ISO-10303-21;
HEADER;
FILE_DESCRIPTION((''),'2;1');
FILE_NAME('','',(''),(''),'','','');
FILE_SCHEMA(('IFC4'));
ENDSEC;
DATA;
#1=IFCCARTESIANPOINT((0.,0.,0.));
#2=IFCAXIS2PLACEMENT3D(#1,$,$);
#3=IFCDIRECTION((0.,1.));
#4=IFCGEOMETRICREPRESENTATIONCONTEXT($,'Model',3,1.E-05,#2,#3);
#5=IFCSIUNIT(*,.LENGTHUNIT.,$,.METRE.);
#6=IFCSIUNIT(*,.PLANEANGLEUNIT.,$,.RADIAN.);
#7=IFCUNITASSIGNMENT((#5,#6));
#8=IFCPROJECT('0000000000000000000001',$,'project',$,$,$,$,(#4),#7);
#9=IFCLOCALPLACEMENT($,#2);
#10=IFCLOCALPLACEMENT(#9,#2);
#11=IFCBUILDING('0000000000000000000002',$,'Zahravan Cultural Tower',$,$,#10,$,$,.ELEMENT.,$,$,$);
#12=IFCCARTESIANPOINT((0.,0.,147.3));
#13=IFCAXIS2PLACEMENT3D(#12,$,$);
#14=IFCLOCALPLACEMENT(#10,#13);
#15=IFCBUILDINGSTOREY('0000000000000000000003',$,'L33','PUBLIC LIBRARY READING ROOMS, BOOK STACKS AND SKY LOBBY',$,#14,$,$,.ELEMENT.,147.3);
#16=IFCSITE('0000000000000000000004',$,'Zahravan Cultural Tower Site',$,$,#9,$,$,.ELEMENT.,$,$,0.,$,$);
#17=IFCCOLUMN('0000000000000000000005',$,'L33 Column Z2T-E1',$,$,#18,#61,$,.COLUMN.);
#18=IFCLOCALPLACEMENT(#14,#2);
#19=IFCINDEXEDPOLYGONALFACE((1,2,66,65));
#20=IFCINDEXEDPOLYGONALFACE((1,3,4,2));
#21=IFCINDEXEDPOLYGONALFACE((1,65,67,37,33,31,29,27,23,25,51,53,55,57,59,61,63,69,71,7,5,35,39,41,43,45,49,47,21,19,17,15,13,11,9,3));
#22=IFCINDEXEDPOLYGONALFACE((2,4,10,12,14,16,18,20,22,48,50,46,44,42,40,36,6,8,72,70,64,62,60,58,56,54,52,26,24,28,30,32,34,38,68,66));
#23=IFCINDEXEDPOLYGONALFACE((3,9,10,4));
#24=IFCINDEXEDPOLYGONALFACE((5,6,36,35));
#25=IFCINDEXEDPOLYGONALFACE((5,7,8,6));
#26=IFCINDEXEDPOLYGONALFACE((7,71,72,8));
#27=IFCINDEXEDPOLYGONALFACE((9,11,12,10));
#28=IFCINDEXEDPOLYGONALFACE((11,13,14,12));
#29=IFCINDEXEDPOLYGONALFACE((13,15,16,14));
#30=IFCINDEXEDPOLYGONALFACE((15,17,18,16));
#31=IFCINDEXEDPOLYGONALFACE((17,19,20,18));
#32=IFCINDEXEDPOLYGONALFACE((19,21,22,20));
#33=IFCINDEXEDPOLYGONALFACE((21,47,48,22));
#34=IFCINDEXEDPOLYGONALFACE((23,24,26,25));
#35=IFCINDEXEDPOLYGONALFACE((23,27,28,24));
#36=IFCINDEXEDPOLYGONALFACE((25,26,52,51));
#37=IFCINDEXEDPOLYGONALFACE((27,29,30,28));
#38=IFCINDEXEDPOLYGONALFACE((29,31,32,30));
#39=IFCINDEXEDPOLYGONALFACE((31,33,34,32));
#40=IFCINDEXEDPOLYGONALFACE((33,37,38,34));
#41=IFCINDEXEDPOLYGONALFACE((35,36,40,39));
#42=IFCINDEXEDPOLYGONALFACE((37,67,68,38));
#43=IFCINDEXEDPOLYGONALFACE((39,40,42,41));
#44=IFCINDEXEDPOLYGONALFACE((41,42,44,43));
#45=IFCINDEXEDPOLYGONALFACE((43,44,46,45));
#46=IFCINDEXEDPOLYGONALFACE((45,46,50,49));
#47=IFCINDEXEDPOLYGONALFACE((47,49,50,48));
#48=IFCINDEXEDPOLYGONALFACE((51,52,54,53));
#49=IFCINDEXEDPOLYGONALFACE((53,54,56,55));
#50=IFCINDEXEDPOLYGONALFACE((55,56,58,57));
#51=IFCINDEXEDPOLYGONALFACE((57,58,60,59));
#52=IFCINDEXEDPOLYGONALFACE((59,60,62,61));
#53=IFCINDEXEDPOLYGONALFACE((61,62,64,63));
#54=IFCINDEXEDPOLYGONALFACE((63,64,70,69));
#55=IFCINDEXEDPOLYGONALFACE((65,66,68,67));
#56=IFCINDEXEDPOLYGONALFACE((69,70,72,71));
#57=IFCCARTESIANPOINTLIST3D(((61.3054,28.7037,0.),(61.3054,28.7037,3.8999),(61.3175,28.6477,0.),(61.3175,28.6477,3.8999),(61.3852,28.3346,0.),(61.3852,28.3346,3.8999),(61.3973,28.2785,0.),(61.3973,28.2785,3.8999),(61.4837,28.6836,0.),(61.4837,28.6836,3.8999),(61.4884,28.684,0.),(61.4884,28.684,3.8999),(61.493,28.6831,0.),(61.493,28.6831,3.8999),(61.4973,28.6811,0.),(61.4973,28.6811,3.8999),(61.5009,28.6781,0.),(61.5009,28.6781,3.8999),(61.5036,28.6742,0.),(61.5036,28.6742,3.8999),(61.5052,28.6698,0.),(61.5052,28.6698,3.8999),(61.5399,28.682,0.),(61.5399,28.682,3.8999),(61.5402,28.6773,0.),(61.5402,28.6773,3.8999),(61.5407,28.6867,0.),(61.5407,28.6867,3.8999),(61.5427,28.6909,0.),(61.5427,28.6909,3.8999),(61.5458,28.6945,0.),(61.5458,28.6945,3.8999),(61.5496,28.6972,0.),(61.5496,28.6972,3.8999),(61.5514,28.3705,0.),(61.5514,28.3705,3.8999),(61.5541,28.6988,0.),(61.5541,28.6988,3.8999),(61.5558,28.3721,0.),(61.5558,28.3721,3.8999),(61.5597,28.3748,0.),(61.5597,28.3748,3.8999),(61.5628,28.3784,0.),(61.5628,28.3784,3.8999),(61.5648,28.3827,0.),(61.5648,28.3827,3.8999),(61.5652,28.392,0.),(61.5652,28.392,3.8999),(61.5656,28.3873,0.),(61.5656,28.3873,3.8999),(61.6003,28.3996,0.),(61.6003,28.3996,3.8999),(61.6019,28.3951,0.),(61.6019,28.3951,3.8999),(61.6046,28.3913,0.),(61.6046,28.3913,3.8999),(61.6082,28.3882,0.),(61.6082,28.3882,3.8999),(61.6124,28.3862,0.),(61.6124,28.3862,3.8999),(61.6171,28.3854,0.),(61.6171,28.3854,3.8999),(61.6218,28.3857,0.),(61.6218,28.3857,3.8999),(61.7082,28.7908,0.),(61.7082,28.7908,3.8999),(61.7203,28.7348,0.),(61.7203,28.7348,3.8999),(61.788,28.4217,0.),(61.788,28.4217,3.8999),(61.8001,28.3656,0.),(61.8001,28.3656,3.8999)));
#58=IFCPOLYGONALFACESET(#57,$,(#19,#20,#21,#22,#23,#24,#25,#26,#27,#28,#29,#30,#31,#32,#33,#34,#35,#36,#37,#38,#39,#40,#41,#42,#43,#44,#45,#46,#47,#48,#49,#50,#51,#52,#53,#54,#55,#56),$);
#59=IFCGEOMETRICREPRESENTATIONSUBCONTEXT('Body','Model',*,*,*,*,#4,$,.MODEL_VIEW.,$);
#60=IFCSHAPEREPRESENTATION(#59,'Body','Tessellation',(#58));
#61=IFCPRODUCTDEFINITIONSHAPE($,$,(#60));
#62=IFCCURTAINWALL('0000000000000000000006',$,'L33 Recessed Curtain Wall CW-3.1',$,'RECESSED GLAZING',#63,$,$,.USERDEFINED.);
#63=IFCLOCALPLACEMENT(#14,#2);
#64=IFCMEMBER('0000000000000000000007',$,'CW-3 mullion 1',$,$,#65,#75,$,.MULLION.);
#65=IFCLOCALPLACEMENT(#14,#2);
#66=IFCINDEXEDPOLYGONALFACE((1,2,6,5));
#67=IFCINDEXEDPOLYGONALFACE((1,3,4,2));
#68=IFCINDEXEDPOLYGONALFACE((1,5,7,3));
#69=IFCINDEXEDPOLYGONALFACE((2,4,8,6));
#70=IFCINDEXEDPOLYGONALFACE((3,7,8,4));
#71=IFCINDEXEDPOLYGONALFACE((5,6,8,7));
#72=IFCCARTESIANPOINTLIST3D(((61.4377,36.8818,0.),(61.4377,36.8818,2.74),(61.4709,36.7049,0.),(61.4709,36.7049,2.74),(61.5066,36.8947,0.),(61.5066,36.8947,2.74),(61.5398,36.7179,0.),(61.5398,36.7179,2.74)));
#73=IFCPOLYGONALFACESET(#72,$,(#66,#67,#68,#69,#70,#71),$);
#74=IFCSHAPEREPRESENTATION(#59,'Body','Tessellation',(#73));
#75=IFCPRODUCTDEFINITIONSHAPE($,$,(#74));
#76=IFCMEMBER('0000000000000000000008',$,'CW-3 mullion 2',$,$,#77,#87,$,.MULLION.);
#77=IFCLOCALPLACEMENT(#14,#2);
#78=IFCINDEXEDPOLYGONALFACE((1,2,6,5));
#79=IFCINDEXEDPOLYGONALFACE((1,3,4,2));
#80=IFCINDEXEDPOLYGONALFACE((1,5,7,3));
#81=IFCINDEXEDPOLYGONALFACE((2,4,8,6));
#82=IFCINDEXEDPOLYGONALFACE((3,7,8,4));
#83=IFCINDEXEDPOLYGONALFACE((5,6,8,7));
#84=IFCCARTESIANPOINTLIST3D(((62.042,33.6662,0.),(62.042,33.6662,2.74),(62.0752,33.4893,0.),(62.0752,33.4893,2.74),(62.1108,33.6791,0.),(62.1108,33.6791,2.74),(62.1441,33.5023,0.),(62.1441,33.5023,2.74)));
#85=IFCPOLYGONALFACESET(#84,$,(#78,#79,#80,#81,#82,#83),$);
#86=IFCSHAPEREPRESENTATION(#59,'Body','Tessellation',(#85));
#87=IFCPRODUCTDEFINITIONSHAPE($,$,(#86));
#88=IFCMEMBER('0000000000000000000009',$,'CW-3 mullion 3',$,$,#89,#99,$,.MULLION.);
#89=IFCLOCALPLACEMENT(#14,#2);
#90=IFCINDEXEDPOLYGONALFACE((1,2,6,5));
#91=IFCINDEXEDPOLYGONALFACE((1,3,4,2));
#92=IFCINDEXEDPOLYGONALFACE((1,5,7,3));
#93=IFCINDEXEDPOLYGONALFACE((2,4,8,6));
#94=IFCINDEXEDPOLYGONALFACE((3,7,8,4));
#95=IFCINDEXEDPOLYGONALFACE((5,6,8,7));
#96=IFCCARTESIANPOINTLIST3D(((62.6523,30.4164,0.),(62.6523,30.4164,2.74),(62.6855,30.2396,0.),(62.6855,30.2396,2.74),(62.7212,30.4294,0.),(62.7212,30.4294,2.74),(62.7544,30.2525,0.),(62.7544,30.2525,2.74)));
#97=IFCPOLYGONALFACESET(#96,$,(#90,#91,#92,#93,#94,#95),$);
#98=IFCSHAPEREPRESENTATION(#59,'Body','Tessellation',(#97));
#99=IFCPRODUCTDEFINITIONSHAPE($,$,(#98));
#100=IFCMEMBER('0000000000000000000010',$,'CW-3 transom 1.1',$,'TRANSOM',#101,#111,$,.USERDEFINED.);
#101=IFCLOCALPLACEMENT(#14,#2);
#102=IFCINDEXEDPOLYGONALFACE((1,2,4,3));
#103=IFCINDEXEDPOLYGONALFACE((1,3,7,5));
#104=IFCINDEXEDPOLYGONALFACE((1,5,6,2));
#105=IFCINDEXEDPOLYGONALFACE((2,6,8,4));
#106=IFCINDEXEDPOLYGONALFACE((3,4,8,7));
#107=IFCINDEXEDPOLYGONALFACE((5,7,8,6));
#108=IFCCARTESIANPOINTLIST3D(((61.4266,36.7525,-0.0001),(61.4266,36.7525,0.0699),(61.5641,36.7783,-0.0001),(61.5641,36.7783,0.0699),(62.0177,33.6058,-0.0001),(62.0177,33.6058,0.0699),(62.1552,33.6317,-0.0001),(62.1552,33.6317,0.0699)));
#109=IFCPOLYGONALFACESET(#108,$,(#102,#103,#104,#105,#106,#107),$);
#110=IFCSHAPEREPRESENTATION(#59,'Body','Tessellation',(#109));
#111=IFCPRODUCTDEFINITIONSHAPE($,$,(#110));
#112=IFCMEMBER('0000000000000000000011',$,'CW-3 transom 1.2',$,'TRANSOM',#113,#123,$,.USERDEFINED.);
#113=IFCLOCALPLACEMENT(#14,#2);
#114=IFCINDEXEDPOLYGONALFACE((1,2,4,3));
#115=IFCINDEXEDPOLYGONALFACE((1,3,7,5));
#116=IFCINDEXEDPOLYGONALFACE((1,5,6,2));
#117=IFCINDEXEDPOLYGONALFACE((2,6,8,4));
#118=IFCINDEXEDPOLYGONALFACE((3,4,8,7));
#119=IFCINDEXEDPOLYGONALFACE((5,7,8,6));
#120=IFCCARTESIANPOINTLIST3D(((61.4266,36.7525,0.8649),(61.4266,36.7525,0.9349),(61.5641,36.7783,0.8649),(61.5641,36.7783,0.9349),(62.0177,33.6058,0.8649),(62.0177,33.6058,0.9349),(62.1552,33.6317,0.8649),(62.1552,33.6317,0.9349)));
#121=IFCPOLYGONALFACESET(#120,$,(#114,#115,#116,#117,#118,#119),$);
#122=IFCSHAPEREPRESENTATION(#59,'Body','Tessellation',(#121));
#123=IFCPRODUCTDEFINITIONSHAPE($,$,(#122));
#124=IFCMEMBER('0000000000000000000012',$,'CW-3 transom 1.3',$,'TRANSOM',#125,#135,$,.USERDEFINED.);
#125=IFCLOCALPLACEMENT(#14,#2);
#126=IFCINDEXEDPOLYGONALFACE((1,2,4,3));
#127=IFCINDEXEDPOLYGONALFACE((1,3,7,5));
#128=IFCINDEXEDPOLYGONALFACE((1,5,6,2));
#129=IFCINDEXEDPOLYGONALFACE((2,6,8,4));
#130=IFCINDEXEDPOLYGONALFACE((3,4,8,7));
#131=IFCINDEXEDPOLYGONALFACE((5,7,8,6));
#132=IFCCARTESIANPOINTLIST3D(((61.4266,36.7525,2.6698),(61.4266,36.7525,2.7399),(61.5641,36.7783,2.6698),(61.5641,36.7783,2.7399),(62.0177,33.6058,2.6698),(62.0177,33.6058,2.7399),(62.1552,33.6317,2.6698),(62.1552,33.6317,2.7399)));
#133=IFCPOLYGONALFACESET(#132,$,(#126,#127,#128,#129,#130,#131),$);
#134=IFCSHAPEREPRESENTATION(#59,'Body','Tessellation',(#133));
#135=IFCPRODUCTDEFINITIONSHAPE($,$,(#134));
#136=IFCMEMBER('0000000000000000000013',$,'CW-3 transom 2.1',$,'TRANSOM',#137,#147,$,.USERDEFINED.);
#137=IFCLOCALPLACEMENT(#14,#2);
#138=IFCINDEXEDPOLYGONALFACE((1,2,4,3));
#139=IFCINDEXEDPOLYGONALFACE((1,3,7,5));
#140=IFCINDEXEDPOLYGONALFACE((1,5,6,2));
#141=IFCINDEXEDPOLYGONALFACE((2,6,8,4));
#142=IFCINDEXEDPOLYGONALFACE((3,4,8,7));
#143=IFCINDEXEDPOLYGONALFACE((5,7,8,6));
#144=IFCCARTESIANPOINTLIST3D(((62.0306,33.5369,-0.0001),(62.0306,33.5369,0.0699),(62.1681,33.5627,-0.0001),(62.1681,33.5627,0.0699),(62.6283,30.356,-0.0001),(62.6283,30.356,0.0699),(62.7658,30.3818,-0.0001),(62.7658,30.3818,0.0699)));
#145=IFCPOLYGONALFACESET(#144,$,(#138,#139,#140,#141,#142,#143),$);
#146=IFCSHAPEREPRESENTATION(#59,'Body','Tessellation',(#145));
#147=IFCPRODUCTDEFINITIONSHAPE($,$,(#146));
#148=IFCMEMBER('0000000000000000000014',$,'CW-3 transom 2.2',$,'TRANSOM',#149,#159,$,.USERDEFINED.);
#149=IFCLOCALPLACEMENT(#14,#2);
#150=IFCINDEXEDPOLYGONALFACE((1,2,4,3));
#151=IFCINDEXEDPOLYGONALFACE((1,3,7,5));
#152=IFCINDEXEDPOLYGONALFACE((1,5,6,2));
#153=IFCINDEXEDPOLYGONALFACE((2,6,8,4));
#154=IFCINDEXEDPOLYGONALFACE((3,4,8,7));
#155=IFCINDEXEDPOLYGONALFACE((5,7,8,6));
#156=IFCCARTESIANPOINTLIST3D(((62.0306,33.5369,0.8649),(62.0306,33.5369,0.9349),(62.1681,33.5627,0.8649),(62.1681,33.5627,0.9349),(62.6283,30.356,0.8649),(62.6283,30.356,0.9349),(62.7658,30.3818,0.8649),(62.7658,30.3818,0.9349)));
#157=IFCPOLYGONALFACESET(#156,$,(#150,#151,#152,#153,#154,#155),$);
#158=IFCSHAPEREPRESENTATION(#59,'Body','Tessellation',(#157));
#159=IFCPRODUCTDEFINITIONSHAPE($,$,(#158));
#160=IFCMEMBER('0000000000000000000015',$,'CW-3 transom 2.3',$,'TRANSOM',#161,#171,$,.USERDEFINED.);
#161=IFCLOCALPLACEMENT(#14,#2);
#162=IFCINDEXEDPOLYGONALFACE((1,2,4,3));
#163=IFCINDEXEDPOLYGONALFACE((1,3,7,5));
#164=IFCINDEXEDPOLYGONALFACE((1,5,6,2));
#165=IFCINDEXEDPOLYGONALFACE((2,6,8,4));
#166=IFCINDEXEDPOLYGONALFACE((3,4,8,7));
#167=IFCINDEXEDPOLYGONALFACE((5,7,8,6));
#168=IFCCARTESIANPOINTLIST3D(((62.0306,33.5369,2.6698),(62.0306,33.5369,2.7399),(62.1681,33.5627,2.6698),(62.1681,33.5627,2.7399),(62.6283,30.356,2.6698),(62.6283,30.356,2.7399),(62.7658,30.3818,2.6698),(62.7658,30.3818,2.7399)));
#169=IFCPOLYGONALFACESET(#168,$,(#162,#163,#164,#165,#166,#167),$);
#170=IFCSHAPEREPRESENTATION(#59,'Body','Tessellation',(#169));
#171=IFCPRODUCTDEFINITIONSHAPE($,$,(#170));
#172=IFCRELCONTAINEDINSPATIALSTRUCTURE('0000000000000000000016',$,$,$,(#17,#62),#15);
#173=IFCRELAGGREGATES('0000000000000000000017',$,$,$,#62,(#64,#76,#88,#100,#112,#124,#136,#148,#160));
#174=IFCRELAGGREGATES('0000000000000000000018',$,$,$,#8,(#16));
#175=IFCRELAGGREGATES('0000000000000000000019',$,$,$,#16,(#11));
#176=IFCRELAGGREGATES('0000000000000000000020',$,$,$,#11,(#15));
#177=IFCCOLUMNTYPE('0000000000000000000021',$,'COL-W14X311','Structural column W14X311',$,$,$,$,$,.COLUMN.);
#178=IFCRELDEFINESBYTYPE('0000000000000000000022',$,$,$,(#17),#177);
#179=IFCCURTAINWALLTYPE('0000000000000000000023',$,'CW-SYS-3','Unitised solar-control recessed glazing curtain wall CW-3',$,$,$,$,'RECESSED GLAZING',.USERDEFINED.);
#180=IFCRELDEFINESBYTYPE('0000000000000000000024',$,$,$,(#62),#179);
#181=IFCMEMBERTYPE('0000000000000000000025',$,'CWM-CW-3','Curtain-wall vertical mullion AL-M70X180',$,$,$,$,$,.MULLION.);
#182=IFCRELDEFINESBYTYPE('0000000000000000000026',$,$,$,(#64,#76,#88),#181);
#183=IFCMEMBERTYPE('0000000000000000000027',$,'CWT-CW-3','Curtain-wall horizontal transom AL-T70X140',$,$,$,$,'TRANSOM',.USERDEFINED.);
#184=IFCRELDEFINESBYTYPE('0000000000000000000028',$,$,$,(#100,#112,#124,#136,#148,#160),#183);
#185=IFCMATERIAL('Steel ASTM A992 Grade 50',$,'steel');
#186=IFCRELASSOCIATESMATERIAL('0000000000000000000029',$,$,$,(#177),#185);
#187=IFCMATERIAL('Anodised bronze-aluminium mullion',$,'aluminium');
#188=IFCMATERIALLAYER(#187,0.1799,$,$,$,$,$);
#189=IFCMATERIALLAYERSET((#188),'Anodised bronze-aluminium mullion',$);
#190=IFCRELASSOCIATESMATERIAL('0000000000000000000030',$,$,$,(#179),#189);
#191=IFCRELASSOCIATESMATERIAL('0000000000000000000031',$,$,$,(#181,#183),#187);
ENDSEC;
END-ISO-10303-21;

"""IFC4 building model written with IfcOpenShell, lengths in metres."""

from ifc_helpers import new_model, si_unit, direction, frame, origin, origin_2d, place, context, subcontext, project, spatial, rectangle, i_section, extrude, source, transform, mapped, material, layer, layer_set, material_profile, profile_set, type_object, element, aggregate, save


model = new_model("IFC4")

# Units and contexts
model_context = context("Model", 3, precision=1e-05, world=origin(), true_north=direction((0.0, 1.0)))
body_context = subcontext(model_context, "Body", "Model", "MODEL_VIEW")
ifc_project = project(units=[si_unit("LENGTHUNIT", "METRE"), si_unit("PLANEANGLEUNIT", "RADIAN")], contexts=[model_context])

# Site, building, storey
site_placement = place(None, origin())
site = spatial("IfcSite", under=ifc_project, at=site_placement, Name="Zahravan Cultural Tower Site", CompositionType="ELEMENT", RefElevation=0.0)
building_placement = place(site_placement, origin())
building = spatial("IfcBuilding", under=site, at=building_placement, Name="Zahravan Cultural Tower", CompositionType="ELEMENT")
storey_placement = place(building_placement, frame((0.0, 0.0, 147.3)))
storey = spatial("IfcBuildingStorey", under=building, at=storey_placement, Name="L33", Description="PUBLIC LIBRARY READING ROOMS, BOOK STACKS AND SKY LOBBY", CompositionType="ELEMENT", Elevation=147.3)

# Column
ifc_material_1 = material(Name="Steel ASTM A992 Grade 50", Category="steel")
ifc_material_profile_1 = material_profile(ifc_material_1, i_section(OverallWidth=0.4121, OverallDepth=0.4351, WebThickness=0.0359, FlangeThickness=0.0574, FilletRadius=0.0181, at=origin_2d()), Name="W14X311")
ifc_profile_set_1 = profile_set([ifc_material_profile_1], Name="Steel ASTM A992 Grade 50")
column_type = type_object("IfcColumnType", Name="COL-W14X311", Description="Structural column W14X311", PredefinedType="COLUMN", material=ifc_profile_set_1)
shared_shape_1 = source(origin(), body_context, "Body", "SweptSolid", [
    extrude(i_section(OverallWidth=0.4121, OverallDepth=0.4351, WebThickness=0.0359, FlangeThickness=0.0574, FilletRadius=0.0181, at=origin_2d()), origin(), (0.0, 0.0, 1.0), 3.8999),
])
column_placement = place(storey_placement, frame((61.5527, 28.5347, 0.0), z_axis=(0.0, 0.0, 1.0), x_axis=(0.977416, 0.211325, 0.0)))
element("IfcColumn", 1, at=column_placement, inside=storey, type_object=column_type, Name="L33 Column Z2T-E1", PredefinedType="COLUMN", context=body_context, shape_type="MappedRepresentation", body=[
    mapped(shared_shape_1, transform((0.0, 0.0, 0.0), x_axis=(1.0, 0.0, 0.0), y_axis=(0.0, 1.0, 0.0), z_axis=(0.0, 0.0, 1.0), scale=1.0)),
])

# Curtain wall, members
ifc_material_2 = material(Name="Anodised bronze-aluminium mullion", Category="aluminium")
ifc_layer_1 = layer(ifc_material_2, 0.1799)
ifc_layer_set_1 = layer_set([ifc_layer_1], Name="Anodised bronze-aluminium mullion")
curtain_wall_type = type_object("IfcCurtainWallType", Name="CW-SYS-3", Description="Unitised solar-control recessed glazing curtain wall CW-3", ElementType="RECESSED GLAZING", PredefinedType="USERDEFINED", material=ifc_layer_set_1)
curtain_wall_placement = place(storey_placement, origin())
curtain_wall = element("IfcCurtainWall", 2, at=curtain_wall_placement, inside=storey, type_object=curtain_wall_type, Name="L33 Recessed Curtain Wall CW-3.1", ObjectType="RECESSED GLAZING", PredefinedType="USERDEFINED")
ifc_material_profile_2 = material_profile(ifc_material_2, rectangle(XDim=0.0701, YDim=0.1799, at=origin_2d()), Name="AL-M70X180")
ifc_profile_set_2 = profile_set([ifc_material_profile_2], Name="Anodised bronze-aluminium mullion")
member_type_1 = type_object("IfcMemberType", Name="CWM-CW-3", Description="Curtain-wall vertical mullion AL-M70X180", PredefinedType="MULLION", material=ifc_profile_set_2)
shared_shape_2 = source(origin(), body_context, "Body", "SweptSolid", [
    extrude(rectangle(XDim=0.0701, YDim=0.1799, at=origin_2d()), origin(), (0.0, 0.0, 1.0), 2.74),
])
member_1_placement = place(storey_placement, frame((61.4888, 36.7998, 0.0), z_axis=(0.0, 0.0, 1.0), x_axis=(0.982807, 0.184638, 0.0)))
member_1 = element("IfcMember", 3, at=member_1_placement, type_object=member_type_1, Name="CW-3 mullion 1", PredefinedType="MULLION", context=body_context, shape_type="MappedRepresentation", body=[
    mapped(shared_shape_2, transform((0.0, 0.0, 0.0), x_axis=(1.0, 0.0, 0.0), y_axis=(0.0, 1.0, 0.0), z_axis=(0.0, 0.0, 1.0), scale=1.0)),
])
member_2_placement = place(storey_placement, frame((62.093, 33.5842, 0.0), z_axis=(0.0, 0.0, 1.0), x_axis=(0.982807, 0.184638, 0.0)))
member_2 = element("IfcMember", 4, at=member_2_placement, type_object=member_type_1, Name="CW-3 mullion 2", PredefinedType="MULLION", context=body_context, shape_type="MappedRepresentation", body=[
    mapped(shared_shape_2, transform((0.0, 0.0, 0.0), x_axis=(1.0, 0.0, 0.0), y_axis=(0.0, 1.0, 0.0), z_axis=(0.0, 0.0, 1.0), scale=1.0)),
])
member_3_placement = place(storey_placement, frame((62.7034, 30.3345, 0.0), z_axis=(0.0, 0.0, 1.0), x_axis=(0.982807, 0.184638, 0.0)))
member_3 = element("IfcMember", 5, at=member_3_placement, type_object=member_type_1, Name="CW-3 mullion 3", PredefinedType="MULLION", context=body_context, shape_type="MappedRepresentation", body=[
    mapped(shared_shape_2, transform((0.0, 0.0, 0.0), x_axis=(1.0, 0.0, 0.0), y_axis=(0.0, 1.0, 0.0), z_axis=(0.0, 0.0, 1.0), scale=1.0)),
])
ifc_material_profile_3 = material_profile(ifc_material_2, rectangle(XDim=0.1399, YDim=0.0701, at=origin_2d()), Name="AL-T70X140")
ifc_profile_set_3 = profile_set([ifc_material_profile_3], Name="Anodised bronze-aluminium mullion")
member_type_2 = type_object("IfcMemberType", Name="CWT-CW-3", Description="Curtain-wall horizontal transom AL-T70X140", ElementType="TRANSOM", PredefinedType="USERDEFINED", material=ifc_profile_set_3)
shared_shape_3 = source(origin(), body_context, "Body", "SweptSolid", [
    extrude(rectangle(XDim=0.1399, YDim=0.0701, at=origin_2d()), origin(), (0.0, 0.0, 1.0), 3.2017),
])
member_4_placement = place(storey_placement, frame((61.4954, 36.7654, 0.0349), z_axis=(0.184606, -0.982813, 0.0), x_axis=(0.982813, 0.184606, 0.0)))
member_4 = element("IfcMember", 6, at=member_4_placement, type_object=member_type_2, Name="CW-3 transom 1.1", ObjectType="TRANSOM", PredefinedType="USERDEFINED", context=body_context, shape_type="MappedRepresentation", body=[
    mapped(shared_shape_3, transform((0.0, 0.0, 0.0), x_axis=(1.0, 0.0, 0.0), y_axis=(0.0, 1.0, 0.0), z_axis=(0.0, 0.0, 1.0), scale=1.0)),
])
member_5_placement = place(storey_placement, frame((61.4954, 36.7654, 0.8999), z_axis=(0.184606, -0.982813, 0.0), x_axis=(0.982813, 0.184606, 0.0)))
member_5 = element("IfcMember", 7, at=member_5_placement, type_object=member_type_2, Name="CW-3 transom 1.2", ObjectType="TRANSOM", PredefinedType="USERDEFINED", context=body_context, shape_type="MappedRepresentation", body=[
    mapped(shared_shape_3, transform((0.0, 0.0, 0.0), x_axis=(1.0, 0.0, 0.0), y_axis=(0.0, 1.0, 0.0), z_axis=(0.0, 0.0, 1.0), scale=1.0)),
])
member_6_placement = place(storey_placement, frame((61.4954, 36.7654, 2.7048), z_axis=(0.184606, -0.982813, 0.0), x_axis=(0.982813, 0.184606, 0.0)))
member_6 = element("IfcMember", 8, at=member_6_placement, type_object=member_type_2, Name="CW-3 transom 1.3", ObjectType="TRANSOM", PredefinedType="USERDEFINED", context=body_context, shape_type="MappedRepresentation", body=[
    mapped(shared_shape_3, transform((0.0, 0.0, 0.0), x_axis=(1.0, 0.0, 0.0), y_axis=(0.0, 1.0, 0.0), z_axis=(0.0, 0.0, 1.0), scale=1.0)),
])
shared_shape_4 = source(origin(), body_context, "Body", "SweptSolid", [
    extrude(rectangle(XDim=0.1399, YDim=0.0701, at=origin_2d()), origin(), (0.0, 0.0, 1.0), 3.2366),
])
member_7_placement = place(storey_placement, frame((62.0994, 33.5498, 0.0349), z_axis=(0.184657, -0.982803, 0.0), x_axis=(0.982803, 0.184657, 0.0)))
member_7 = element("IfcMember", 9, at=member_7_placement, type_object=member_type_2, Name="CW-3 transom 2.1", ObjectType="TRANSOM", PredefinedType="USERDEFINED", context=body_context, shape_type="MappedRepresentation", body=[
    mapped(shared_shape_4, transform((0.0, 0.0, 0.0), x_axis=(1.0, 0.0, 0.0), y_axis=(0.0, 1.0, 0.0), z_axis=(0.0, 0.0, 1.0), scale=1.0)),
])
member_8_placement = place(storey_placement, frame((62.0994, 33.5498, 0.8999), z_axis=(0.184657, -0.982803, 0.0), x_axis=(0.982803, 0.184657, 0.0)))
member_8 = element("IfcMember", 10, at=member_8_placement, type_object=member_type_2, Name="CW-3 transom 2.2", ObjectType="TRANSOM", PredefinedType="USERDEFINED", context=body_context, shape_type="MappedRepresentation", body=[
    mapped(shared_shape_4, transform((0.0, 0.0, 0.0), x_axis=(1.0, 0.0, 0.0), y_axis=(0.0, 1.0, 0.0), z_axis=(0.0, 0.0, 1.0), scale=1.0)),
])
member_9_placement = place(storey_placement, frame((62.0994, 33.5498, 2.7048), z_axis=(0.184657, -0.982803, 0.0), x_axis=(0.982803, 0.184657, 0.0)))
member_9 = element("IfcMember", 11, at=member_9_placement, type_object=member_type_2, Name="CW-3 transom 2.3", ObjectType="TRANSOM", PredefinedType="USERDEFINED", context=body_context, shape_type="MappedRepresentation", body=[
    mapped(shared_shape_4, transform((0.0, 0.0, 0.0), x_axis=(1.0, 0.0, 0.0), y_axis=(0.0, 1.0, 0.0), z_axis=(0.0, 0.0, 1.0), scale=1.0)),
])
aggregate(curtain_wall, [member_1, member_2, member_3, member_4, member_5, member_6, member_7, member_8, member_9])

save(model, "model.ifc")
